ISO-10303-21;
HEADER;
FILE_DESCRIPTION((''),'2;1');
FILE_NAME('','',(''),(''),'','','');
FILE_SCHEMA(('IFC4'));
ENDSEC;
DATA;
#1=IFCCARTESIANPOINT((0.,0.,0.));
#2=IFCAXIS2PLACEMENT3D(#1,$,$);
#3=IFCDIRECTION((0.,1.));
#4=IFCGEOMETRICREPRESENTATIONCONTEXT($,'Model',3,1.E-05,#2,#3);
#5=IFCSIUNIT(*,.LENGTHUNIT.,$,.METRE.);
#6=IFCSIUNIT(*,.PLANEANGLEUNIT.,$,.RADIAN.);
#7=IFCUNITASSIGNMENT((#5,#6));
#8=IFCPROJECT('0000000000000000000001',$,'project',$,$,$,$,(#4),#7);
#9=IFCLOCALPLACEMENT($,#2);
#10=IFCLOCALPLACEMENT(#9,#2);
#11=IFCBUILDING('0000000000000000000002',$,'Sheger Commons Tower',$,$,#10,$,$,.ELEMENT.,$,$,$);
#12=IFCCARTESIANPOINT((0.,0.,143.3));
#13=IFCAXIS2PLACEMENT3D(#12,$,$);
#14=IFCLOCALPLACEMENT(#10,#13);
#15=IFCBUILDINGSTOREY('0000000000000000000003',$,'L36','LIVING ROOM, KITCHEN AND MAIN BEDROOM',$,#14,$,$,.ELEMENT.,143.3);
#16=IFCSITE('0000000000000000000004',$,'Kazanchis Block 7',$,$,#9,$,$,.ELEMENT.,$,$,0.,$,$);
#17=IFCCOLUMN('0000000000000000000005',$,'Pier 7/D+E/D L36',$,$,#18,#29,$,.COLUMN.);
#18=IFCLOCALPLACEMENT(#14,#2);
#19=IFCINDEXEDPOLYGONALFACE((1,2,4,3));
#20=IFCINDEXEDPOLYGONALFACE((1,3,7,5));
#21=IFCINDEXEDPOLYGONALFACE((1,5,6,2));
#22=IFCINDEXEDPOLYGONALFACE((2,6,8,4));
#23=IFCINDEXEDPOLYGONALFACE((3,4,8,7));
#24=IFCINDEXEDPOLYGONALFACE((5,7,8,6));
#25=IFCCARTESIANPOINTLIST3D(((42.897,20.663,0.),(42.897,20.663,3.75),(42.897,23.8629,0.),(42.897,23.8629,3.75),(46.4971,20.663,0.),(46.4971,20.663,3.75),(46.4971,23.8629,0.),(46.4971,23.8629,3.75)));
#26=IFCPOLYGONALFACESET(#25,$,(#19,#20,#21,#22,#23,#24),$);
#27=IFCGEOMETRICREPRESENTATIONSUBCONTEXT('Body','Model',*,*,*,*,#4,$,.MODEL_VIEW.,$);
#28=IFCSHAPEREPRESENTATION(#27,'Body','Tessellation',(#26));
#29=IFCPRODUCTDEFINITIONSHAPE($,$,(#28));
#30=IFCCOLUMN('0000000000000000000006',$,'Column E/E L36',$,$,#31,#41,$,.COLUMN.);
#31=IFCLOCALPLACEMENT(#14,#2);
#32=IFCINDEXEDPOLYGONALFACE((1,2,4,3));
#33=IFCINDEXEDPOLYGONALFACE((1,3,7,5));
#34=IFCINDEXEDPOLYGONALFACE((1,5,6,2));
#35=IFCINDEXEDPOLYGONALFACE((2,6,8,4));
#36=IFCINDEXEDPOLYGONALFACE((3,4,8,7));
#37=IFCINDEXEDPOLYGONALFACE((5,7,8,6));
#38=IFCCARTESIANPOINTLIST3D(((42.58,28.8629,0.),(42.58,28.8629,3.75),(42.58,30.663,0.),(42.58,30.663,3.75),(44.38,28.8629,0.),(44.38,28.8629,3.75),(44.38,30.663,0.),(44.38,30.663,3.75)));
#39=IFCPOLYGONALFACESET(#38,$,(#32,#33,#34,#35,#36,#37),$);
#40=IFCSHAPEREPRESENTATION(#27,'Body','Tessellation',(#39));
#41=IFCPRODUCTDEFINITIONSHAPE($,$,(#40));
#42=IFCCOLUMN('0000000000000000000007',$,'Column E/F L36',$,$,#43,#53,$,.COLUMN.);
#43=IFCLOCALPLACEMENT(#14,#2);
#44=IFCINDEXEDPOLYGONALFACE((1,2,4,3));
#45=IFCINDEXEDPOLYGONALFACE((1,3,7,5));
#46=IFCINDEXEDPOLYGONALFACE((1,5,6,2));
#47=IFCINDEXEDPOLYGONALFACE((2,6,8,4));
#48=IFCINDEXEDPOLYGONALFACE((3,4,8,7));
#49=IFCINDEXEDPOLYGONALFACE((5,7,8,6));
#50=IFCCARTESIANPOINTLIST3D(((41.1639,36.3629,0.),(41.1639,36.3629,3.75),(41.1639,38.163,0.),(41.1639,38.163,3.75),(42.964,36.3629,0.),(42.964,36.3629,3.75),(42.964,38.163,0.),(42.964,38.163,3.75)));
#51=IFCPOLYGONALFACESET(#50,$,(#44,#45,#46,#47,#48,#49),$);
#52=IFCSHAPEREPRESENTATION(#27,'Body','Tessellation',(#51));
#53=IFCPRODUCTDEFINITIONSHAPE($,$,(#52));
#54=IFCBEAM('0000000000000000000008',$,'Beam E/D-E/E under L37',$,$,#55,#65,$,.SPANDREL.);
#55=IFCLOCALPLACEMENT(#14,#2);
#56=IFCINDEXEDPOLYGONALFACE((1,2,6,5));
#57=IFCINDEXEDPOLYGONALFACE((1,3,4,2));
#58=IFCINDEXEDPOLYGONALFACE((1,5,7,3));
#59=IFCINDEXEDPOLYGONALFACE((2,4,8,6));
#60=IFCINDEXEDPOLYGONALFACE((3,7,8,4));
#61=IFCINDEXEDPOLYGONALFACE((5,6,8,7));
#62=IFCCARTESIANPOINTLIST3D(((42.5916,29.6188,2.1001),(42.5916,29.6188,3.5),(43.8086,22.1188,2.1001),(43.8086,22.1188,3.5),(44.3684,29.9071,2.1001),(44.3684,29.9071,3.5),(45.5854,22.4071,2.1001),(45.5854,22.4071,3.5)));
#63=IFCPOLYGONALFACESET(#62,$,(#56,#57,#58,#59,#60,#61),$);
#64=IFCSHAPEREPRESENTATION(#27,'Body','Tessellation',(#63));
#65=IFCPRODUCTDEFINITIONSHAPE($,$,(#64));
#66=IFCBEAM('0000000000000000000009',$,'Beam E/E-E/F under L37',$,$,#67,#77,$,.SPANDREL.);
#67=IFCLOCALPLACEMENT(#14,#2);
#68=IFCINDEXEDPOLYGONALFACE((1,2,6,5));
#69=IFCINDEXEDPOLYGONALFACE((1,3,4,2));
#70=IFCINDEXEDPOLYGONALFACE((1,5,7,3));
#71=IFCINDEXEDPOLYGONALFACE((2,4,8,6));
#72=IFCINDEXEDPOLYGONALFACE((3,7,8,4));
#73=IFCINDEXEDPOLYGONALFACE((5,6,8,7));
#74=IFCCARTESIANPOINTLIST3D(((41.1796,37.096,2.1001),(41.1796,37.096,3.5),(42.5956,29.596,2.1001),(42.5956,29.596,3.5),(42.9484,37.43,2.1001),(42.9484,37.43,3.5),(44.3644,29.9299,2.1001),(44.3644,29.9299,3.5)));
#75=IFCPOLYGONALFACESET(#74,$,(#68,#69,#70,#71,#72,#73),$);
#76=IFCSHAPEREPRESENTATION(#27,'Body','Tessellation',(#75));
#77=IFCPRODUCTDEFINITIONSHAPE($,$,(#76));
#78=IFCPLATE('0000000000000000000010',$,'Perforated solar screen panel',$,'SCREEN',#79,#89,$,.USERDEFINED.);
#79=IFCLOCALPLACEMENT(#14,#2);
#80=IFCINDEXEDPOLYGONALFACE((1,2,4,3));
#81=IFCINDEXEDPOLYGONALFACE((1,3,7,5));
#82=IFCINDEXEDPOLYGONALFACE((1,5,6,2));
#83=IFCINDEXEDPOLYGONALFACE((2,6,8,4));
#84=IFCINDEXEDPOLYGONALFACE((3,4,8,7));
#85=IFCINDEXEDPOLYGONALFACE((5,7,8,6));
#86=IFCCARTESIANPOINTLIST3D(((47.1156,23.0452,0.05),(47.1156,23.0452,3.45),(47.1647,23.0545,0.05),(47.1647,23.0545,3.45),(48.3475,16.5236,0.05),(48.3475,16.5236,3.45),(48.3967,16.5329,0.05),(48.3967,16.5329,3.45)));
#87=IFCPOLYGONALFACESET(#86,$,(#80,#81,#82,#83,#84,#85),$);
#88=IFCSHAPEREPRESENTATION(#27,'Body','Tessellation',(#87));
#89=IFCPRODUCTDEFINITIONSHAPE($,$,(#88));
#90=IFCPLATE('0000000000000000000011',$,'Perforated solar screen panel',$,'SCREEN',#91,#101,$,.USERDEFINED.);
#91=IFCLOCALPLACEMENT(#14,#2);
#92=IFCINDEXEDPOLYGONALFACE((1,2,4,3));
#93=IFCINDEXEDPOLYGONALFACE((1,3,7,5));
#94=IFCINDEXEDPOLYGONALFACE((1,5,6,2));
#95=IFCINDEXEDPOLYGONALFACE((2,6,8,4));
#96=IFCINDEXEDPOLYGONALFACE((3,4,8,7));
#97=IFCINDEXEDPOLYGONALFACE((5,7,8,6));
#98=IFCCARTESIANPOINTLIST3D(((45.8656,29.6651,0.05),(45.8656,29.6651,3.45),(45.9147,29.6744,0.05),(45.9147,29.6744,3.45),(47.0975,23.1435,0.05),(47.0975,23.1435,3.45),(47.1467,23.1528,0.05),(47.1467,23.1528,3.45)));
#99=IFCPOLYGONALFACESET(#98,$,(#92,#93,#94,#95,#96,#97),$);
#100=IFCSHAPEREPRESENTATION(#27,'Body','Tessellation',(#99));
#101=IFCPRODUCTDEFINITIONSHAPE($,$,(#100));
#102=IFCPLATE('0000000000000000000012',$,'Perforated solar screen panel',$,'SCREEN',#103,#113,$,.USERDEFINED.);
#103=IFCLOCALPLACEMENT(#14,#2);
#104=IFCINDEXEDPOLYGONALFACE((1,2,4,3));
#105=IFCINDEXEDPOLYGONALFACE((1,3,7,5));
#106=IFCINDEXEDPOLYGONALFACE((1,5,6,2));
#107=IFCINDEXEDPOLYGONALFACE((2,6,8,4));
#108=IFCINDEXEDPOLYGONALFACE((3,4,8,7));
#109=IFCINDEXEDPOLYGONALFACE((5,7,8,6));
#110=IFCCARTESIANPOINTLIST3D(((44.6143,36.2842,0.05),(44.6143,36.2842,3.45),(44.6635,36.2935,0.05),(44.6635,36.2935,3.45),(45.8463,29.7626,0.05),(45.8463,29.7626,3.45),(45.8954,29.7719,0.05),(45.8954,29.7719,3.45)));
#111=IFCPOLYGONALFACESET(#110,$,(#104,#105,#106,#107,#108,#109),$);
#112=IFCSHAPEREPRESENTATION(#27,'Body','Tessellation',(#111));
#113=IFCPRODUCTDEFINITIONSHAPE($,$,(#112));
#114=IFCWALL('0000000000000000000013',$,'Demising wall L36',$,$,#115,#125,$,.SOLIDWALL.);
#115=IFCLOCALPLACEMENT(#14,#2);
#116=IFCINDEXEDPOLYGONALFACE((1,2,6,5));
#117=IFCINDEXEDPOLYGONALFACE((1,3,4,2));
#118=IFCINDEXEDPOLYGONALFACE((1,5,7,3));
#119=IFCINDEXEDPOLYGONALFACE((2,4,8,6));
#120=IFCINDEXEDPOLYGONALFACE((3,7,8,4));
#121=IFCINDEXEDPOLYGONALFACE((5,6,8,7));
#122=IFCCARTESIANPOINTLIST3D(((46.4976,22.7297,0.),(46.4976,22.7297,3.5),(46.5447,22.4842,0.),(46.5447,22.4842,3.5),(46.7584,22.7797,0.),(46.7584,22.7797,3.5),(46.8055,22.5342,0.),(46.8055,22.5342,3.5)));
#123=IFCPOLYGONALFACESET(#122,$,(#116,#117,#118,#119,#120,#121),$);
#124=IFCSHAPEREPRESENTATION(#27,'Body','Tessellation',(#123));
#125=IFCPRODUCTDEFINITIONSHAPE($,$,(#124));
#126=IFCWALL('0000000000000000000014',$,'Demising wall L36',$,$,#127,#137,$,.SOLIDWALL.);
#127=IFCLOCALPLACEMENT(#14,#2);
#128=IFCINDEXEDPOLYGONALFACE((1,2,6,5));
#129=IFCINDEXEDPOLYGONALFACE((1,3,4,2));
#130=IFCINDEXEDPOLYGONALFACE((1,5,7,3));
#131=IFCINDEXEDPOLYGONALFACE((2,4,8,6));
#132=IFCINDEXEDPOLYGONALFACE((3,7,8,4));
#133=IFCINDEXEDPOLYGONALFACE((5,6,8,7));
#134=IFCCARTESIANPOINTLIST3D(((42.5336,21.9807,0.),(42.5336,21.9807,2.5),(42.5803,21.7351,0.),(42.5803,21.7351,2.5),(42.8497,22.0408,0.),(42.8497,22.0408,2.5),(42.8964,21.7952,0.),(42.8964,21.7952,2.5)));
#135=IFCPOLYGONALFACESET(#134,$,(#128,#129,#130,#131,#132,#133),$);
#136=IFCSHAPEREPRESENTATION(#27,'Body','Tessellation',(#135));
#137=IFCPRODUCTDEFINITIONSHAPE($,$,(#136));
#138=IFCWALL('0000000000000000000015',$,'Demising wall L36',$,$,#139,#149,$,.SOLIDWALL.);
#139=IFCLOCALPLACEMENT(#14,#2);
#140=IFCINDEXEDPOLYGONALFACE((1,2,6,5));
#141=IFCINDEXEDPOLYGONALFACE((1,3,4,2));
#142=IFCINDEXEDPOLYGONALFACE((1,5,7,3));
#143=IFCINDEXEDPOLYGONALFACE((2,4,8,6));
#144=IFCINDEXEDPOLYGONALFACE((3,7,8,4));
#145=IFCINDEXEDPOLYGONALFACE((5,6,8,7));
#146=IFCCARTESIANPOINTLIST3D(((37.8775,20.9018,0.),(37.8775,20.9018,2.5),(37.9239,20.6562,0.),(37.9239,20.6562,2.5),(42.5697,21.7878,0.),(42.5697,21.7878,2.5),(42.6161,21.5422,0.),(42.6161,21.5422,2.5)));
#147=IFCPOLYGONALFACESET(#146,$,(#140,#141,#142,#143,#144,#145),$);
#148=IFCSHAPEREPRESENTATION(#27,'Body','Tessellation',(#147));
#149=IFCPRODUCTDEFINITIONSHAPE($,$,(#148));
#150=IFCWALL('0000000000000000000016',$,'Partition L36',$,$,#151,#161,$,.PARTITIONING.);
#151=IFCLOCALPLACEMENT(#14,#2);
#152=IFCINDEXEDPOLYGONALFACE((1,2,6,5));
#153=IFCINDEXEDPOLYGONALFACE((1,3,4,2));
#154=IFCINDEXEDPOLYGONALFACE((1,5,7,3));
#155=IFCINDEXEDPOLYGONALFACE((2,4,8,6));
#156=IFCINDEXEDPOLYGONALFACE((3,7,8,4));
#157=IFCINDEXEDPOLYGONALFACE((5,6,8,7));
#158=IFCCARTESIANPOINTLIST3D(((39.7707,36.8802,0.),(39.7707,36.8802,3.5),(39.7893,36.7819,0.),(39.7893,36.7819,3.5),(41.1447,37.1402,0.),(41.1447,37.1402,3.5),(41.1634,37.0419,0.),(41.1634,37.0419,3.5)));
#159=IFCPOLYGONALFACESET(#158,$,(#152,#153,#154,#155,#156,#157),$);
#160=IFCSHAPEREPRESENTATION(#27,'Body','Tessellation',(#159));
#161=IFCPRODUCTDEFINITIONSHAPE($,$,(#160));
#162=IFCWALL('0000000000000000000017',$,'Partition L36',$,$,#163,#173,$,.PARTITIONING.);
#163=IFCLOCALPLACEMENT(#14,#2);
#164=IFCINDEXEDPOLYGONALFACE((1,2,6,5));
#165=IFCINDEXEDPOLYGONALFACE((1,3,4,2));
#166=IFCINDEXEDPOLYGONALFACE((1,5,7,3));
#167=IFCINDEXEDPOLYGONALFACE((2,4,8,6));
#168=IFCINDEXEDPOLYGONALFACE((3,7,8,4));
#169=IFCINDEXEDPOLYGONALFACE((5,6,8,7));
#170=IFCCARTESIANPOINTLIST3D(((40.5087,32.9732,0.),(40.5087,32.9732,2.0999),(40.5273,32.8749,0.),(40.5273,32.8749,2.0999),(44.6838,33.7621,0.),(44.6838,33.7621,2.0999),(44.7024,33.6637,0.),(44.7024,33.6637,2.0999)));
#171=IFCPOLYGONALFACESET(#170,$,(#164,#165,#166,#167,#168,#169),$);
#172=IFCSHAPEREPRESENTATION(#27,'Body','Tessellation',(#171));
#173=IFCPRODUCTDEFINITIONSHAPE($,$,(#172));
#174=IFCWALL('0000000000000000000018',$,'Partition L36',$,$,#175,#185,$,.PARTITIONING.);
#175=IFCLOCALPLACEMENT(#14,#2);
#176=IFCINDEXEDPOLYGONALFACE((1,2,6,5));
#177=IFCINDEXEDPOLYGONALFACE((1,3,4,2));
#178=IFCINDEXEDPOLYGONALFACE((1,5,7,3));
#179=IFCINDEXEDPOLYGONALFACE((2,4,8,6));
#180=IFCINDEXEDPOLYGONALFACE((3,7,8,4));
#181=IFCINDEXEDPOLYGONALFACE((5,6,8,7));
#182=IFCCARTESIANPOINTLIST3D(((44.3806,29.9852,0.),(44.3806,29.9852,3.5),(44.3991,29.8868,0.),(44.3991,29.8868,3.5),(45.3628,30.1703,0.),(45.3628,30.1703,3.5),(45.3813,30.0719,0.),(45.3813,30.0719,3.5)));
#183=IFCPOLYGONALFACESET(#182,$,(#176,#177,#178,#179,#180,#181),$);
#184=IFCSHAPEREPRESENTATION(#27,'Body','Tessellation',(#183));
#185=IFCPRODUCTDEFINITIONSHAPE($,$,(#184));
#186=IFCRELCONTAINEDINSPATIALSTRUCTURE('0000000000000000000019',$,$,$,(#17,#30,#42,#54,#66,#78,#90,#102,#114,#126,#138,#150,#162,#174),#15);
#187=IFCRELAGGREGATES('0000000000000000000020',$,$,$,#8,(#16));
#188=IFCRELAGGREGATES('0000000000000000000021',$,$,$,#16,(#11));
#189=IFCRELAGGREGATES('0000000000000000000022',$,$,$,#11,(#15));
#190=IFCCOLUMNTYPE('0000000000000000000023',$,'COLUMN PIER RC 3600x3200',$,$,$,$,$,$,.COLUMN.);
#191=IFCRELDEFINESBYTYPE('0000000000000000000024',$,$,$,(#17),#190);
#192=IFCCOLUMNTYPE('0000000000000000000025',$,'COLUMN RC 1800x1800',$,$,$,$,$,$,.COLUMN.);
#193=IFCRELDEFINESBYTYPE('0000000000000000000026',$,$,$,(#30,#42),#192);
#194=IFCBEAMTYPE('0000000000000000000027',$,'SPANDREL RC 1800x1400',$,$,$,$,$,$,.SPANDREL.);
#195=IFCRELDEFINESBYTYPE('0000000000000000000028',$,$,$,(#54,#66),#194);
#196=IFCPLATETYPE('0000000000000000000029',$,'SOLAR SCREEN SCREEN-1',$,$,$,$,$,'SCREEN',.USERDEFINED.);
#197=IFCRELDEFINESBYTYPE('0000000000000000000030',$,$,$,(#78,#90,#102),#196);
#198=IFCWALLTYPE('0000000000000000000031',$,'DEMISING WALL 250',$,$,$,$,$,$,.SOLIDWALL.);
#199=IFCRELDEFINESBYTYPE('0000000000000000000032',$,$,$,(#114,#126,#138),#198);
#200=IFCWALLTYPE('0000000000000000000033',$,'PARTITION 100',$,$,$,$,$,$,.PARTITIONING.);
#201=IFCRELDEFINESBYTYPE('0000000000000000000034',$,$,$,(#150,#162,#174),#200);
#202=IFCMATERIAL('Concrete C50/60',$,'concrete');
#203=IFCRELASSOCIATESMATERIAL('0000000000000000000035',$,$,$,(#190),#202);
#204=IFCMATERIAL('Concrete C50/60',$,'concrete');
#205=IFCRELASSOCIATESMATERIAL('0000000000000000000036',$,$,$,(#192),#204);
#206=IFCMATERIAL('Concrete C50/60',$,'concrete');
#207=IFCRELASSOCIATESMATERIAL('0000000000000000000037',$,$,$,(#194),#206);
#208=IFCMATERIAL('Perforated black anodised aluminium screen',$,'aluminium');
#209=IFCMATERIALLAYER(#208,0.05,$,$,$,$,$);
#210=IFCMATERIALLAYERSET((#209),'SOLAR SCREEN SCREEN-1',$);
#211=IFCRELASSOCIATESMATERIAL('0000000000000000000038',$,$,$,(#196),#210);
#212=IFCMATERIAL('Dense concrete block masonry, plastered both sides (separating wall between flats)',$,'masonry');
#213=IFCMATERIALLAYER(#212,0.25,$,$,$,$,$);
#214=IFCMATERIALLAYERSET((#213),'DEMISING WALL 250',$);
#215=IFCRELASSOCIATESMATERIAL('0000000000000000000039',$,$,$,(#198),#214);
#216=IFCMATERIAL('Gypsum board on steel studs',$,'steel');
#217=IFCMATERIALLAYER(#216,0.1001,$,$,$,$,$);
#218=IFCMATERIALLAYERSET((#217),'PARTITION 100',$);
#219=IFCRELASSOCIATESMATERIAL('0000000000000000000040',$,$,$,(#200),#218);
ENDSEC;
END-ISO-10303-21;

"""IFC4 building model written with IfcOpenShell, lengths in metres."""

from ifc_helpers import new_model, si_unit, direction, frame, frame_2d, origin, origin_2d, place, context, subcontext, project, spatial, rectangle, extrude, material, layer, layer_set, material_profile, profile_set, type_object, element, save


model = new_model("IFC4")

# Units and contexts
model_context = context("Model", 3, precision=1e-05, world=origin(), true_north=direction((0.0, 1.0)))
body_context = subcontext(model_context, "Body", "Model", "MODEL_VIEW")
ifc_project = project(units=[si_unit("LENGTHUNIT", "METRE"), si_unit("PLANEANGLEUNIT", "RADIAN")], contexts=[model_context])

# Site, building, storey
site_placement = place(None, origin())
site = spatial("IfcSite", under=ifc_project, at=site_placement, Name="Kazanchis Block 7", CompositionType="ELEMENT", RefElevation=0.0)
building_placement = place(site_placement, origin())
building = spatial("IfcBuilding", under=site, at=building_placement, Name="Sheger Commons Tower", CompositionType="ELEMENT")
storey_placement = place(building_placement, frame((0.0, 0.0, 143.3)))
storey = spatial("IfcBuildingStorey", under=building, at=storey_placement, Name="L36", Description="LIVING ROOM, KITCHEN AND MAIN BEDROOM", CompositionType="ELEMENT", Elevation=143.3)

# Columns
ifc_material_1 = material(Name="Concrete C50/60", Category="concrete")
ifc_material_profile_1 = material_profile(ifc_material_1, rectangle(XDim=3.6001, YDim=3.2, at=origin_2d()), Name="RC 3600x3200")
ifc_profile_set_1 = profile_set([ifc_material_profile_1], Name="Concrete C50/60")
column_type_1 = type_object("IfcColumnType", Name="COLUMN PIER RC 3600x3200", PredefinedType="COLUMN", material=ifc_profile_set_1)
column_placement = place(storey_placement, frame((44.697, 22.2629, 0.0), z_axis=(0.0, 0.0, 1.0), x_axis=(1.0, 0.0, 0.0)))
element("IfcColumn", 1, at=column_placement, inside=storey, type_object=column_type_1, Name="Pier 7/D+E/D L36", PredefinedType="COLUMN", context=body_context, shape_type="SweptSolid", body=[
    extrude(rectangle(XDim=3.6001, YDim=3.2, at=origin_2d()), origin(), (0.0, 0.0, 1.0), 3.75),
])
ifc_material_2 = material(Name="Concrete C50/60", Category="concrete")
ifc_material_profile_2 = material_profile(ifc_material_2, rectangle(XDim=1.8, YDim=1.8, at=origin_2d()), Name="RC 1800x1800")
ifc_profile_set_2 = profile_set([ifc_material_profile_2], Name="Concrete C50/60")
column_type_2 = type_object("IfcColumnType", Name="COLUMN RC 1800x1800", PredefinedType="COLUMN", material=ifc_profile_set_2)
for number, where, z_axis, x_axis, name in (
    (2, (43.48, 29.7629, 0.0), (0.0, 0.0, 1.0), (1.0, 0.0, 0.0), "Column E/E L36"),
    (3, (42.064, 37.2629, 0.0), (0.0, 0.0, 1.0), (1.0, 0.0, 0.0), "Column E/F L36"),
):
    element("IfcColumn", number, at=place(storey_placement, frame(where, z_axis=z_axis, x_axis=x_axis)), inside=storey, type_object=column_type_2, Name=name, PredefinedType="COLUMN", context=body_context, shape_type="SweptSolid", body=[
        extrude(rectangle(XDim=1.8, YDim=1.8, at=origin_2d()), origin(), (0.0, 0.0, 1.0), 3.75),
    ])

# Beams
ifc_material_3 = material(Name="Concrete C50/60", Category="concrete")
ifc_material_profile_3 = material_profile(ifc_material_3, rectangle(XDim=1.8, YDim=1.3999, at=origin_2d()), Name="RC 1800x1400")
ifc_profile_set_3 = profile_set([ifc_material_profile_3], Name="Concrete C50/60")
beam_type = type_object("IfcBeamType", Name="SPANDREL RC 1800x1400", PredefinedType="SPANDREL", material=ifc_profile_set_3)
beam_1_placement = place(storey_placement, frame((44.697, 22.2629, 2.8), z_axis=(-0.160177, 0.987088, 0.0), x_axis=(-0.987088, -0.160177, 0.0)))
element("IfcBeam", 4, at=beam_1_placement, inside=storey, type_object=beam_type, Name="Beam E/D-E/E under L37", PredefinedType="SPANDREL", context=body_context, shape_type="SweptSolid", body=[
    extrude(rectangle(XDim=1.8, YDim=1.3999, at=origin_2d()), origin(), (0.0, 0.0, 1.0), 7.5981),
])
beam_2_placement = place(storey_placement, frame((43.48, 29.7629, 2.8), z_axis=(-0.185524, 0.98264, 0.0), x_axis=(-0.98264, -0.185524, 0.0)))
element("IfcBeam", 5, at=beam_2_placement, inside=storey, type_object=beam_type, Name="Beam E/E-E/F under L37", PredefinedType="SPANDREL", context=body_context, shape_type="SweptSolid", body=[
    extrude(rectangle(XDim=1.8, YDim=1.3999, at=origin_2d()), origin(), (0.0, 0.0, 1.0), 7.6326),
])

# Plates
ifc_material_4 = material(Name="Perforated black anodised aluminium screen", Category="aluminium")
ifc_layer_1 = layer(ifc_material_4, 0.05)
ifc_layer_set_1 = layer_set([ifc_layer_1], Name="SOLAR SCREEN SCREEN-1")
plate_type = type_object("IfcPlateType", Name="SOLAR SCREEN SCREEN-1", ElementType="SCREEN", PredefinedType="USERDEFINED", material=ifc_layer_set_1)
for number, where, z_axis, x_axis, name in (
    (6, (47.7561, 19.7891, 0.05), (0.0, 0.0, 1.0), (-0.185615, 0.982623, 0.0), "Perforated solar screen panel"),
    (7, (46.5061, 26.4089, 0.05), (0.0, 0.0, 1.0), (-0.185615, 0.982623, 0.0), "Perforated solar screen panel"),
    (8, (45.2549, 33.0281, 0.05), (0.0, 0.0, 1.0), (-0.185615, 0.982623, 0.0), "Perforated solar screen panel"),
):
    element("IfcPlate", number, at=place(storey_placement, frame(where, z_axis=z_axis, x_axis=x_axis)), inside=storey, type_object=plate_type, Name=name, ObjectType="SCREEN", PredefinedType="USERDEFINED", context=body_context, shape_type="SweptSolid", body=[
        extrude(rectangle(XDim=6.637, YDim=0.05, at=origin_2d()), origin(), (0.0, 0.0, 1.0), 3.3999),
    ])

# Walls
ifc_material_5 = material(Name="Dense concrete block masonry, plastered both sides (separating wall between flats)", Category="masonry")
ifc_layer_2 = layer(ifc_material_5, 0.25)
ifc_layer_set_2 = layer_set([ifc_layer_2], Name="DEMISING WALL 250")
wall_type_1 = type_object("IfcWallType", Name="DEMISING WALL 250", PredefinedType="SOLIDWALL", material=ifc_layer_set_2)
wall_1_placement = place(storey_placement, frame((46.782, 22.657, 0.0), z_axis=(0.0, 0.0, 1.0), x_axis=(-0.982105, -0.188336, 0.0)))
element("IfcWall", 9, at=wall_1_placement, inside=storey, type_object=wall_type_1, Name="Demising wall L36", PredefinedType="SOLIDWALL", context=body_context, shape_type="SweptSolid", body=[
    extrude(rectangle(XDim=0.2656, YDim=0.25, at=frame_2d((0.1328, 0.0))), origin(), (0.0, 0.0, 1.0), 3.5),
])
wall_2_placement = place(storey_placement, frame((42.873, 21.918, 0.0), z_axis=(0.0, 0.0, 1.0), x_axis=(-0.982431, -0.186624, 0.0)))
element("IfcWall", 10, at=wall_2_placement, inside=storey, type_object=wall_type_1, Name="Demising wall L36", PredefinedType="SOLIDWALL", context=body_context, shape_type="SweptSolid", body=[
    extrude(rectangle(XDim=0.3218, YDim=0.25, at=frame_2d((0.1609, 0.0))), origin(), (0.0, 0.0, 1.0), 2.5),
])
wall_3_placement = place(storey_placement, frame((42.593, 21.665, 0.0), z_axis=(0.0, 0.0, 1.0), x_axis=(-0.982636, -0.185545, 0.0)))
element("IfcWall", 11, at=wall_3_placement, inside=storey, type_object=wall_type_1, Name="Demising wall L36", PredefinedType="SOLIDWALL", context=body_context, shape_type="SweptSolid", body=[
    extrude(rectangle(XDim=4.7751, YDim=0.25, at=frame_2d((2.3877, 0.0))), origin(), (0.0, 0.0, 1.0), 2.5),
])
ifc_material_6 = material(Name="Gypsum board on steel studs", Category="steel")
ifc_layer_3 = layer(ifc_material_6, 0.1001)
ifc_layer_set_3 = layer_set([ifc_layer_3], Name="PARTITION 100")
wall_type_2 = type_object("IfcWallType", Name="PARTITION 100", PredefinedType="PARTITIONING", material=ifc_layer_set_3)
wall_4_placement = place(storey_placement, frame((41.1541, 37.0911, 0.0), z_axis=(0.0, 0.0, 1.0), x_axis=(-0.982562, -0.185933, 0.0)))
element("IfcWall", 12, at=wall_4_placement, inside=storey, type_object=wall_type_2, Name="Partition L36", PredefinedType="PARTITIONING", context=body_context, shape_type="SweptSolid", body=[
    extrude(rectangle(XDim=1.3984, YDim=0.1001, at=frame_2d((0.6992, 0.0))), origin(), (0.0, 0.0, 1.0), 3.5),
])
wall_5_placement = place(storey_placement, frame((44.6931, 33.7129, 0.0), z_axis=(0.0, 0.0, 1.0), x_axis=(-0.982616, -0.185652, 0.0)))
element("IfcWall", 13, at=wall_5_placement, inside=storey, type_object=wall_type_2, Name="Partition L36", PredefinedType="PARTITIONING", context=body_context, shape_type="SweptSolid", body=[
    extrude(rectangle(XDim=4.249, YDim=0.1001, at=frame_2d((2.1245, 0.0))), origin(), (0.0, 0.0, 1.0), 2.0999),
])
wall_6_placement = place(storey_placement, frame((45.3721, 30.1211, 0.0), z_axis=(0.0, 0.0, 1.0), x_axis=(-0.982709, -0.185159, 0.0)))
element("IfcWall", 14, at=wall_6_placement, inside=storey, type_object=wall_type_2, Name="Partition L36", PredefinedType="PARTITIONING", context=body_context, shape_type="SweptSolid", body=[
    extrude(rectangle(XDim=0.9995, YDim=0.1001, at=frame_2d((0.4998, 0.0))), origin(), (0.0, 0.0, 1.0), 3.5),
])

save(model, "model.ifc")
